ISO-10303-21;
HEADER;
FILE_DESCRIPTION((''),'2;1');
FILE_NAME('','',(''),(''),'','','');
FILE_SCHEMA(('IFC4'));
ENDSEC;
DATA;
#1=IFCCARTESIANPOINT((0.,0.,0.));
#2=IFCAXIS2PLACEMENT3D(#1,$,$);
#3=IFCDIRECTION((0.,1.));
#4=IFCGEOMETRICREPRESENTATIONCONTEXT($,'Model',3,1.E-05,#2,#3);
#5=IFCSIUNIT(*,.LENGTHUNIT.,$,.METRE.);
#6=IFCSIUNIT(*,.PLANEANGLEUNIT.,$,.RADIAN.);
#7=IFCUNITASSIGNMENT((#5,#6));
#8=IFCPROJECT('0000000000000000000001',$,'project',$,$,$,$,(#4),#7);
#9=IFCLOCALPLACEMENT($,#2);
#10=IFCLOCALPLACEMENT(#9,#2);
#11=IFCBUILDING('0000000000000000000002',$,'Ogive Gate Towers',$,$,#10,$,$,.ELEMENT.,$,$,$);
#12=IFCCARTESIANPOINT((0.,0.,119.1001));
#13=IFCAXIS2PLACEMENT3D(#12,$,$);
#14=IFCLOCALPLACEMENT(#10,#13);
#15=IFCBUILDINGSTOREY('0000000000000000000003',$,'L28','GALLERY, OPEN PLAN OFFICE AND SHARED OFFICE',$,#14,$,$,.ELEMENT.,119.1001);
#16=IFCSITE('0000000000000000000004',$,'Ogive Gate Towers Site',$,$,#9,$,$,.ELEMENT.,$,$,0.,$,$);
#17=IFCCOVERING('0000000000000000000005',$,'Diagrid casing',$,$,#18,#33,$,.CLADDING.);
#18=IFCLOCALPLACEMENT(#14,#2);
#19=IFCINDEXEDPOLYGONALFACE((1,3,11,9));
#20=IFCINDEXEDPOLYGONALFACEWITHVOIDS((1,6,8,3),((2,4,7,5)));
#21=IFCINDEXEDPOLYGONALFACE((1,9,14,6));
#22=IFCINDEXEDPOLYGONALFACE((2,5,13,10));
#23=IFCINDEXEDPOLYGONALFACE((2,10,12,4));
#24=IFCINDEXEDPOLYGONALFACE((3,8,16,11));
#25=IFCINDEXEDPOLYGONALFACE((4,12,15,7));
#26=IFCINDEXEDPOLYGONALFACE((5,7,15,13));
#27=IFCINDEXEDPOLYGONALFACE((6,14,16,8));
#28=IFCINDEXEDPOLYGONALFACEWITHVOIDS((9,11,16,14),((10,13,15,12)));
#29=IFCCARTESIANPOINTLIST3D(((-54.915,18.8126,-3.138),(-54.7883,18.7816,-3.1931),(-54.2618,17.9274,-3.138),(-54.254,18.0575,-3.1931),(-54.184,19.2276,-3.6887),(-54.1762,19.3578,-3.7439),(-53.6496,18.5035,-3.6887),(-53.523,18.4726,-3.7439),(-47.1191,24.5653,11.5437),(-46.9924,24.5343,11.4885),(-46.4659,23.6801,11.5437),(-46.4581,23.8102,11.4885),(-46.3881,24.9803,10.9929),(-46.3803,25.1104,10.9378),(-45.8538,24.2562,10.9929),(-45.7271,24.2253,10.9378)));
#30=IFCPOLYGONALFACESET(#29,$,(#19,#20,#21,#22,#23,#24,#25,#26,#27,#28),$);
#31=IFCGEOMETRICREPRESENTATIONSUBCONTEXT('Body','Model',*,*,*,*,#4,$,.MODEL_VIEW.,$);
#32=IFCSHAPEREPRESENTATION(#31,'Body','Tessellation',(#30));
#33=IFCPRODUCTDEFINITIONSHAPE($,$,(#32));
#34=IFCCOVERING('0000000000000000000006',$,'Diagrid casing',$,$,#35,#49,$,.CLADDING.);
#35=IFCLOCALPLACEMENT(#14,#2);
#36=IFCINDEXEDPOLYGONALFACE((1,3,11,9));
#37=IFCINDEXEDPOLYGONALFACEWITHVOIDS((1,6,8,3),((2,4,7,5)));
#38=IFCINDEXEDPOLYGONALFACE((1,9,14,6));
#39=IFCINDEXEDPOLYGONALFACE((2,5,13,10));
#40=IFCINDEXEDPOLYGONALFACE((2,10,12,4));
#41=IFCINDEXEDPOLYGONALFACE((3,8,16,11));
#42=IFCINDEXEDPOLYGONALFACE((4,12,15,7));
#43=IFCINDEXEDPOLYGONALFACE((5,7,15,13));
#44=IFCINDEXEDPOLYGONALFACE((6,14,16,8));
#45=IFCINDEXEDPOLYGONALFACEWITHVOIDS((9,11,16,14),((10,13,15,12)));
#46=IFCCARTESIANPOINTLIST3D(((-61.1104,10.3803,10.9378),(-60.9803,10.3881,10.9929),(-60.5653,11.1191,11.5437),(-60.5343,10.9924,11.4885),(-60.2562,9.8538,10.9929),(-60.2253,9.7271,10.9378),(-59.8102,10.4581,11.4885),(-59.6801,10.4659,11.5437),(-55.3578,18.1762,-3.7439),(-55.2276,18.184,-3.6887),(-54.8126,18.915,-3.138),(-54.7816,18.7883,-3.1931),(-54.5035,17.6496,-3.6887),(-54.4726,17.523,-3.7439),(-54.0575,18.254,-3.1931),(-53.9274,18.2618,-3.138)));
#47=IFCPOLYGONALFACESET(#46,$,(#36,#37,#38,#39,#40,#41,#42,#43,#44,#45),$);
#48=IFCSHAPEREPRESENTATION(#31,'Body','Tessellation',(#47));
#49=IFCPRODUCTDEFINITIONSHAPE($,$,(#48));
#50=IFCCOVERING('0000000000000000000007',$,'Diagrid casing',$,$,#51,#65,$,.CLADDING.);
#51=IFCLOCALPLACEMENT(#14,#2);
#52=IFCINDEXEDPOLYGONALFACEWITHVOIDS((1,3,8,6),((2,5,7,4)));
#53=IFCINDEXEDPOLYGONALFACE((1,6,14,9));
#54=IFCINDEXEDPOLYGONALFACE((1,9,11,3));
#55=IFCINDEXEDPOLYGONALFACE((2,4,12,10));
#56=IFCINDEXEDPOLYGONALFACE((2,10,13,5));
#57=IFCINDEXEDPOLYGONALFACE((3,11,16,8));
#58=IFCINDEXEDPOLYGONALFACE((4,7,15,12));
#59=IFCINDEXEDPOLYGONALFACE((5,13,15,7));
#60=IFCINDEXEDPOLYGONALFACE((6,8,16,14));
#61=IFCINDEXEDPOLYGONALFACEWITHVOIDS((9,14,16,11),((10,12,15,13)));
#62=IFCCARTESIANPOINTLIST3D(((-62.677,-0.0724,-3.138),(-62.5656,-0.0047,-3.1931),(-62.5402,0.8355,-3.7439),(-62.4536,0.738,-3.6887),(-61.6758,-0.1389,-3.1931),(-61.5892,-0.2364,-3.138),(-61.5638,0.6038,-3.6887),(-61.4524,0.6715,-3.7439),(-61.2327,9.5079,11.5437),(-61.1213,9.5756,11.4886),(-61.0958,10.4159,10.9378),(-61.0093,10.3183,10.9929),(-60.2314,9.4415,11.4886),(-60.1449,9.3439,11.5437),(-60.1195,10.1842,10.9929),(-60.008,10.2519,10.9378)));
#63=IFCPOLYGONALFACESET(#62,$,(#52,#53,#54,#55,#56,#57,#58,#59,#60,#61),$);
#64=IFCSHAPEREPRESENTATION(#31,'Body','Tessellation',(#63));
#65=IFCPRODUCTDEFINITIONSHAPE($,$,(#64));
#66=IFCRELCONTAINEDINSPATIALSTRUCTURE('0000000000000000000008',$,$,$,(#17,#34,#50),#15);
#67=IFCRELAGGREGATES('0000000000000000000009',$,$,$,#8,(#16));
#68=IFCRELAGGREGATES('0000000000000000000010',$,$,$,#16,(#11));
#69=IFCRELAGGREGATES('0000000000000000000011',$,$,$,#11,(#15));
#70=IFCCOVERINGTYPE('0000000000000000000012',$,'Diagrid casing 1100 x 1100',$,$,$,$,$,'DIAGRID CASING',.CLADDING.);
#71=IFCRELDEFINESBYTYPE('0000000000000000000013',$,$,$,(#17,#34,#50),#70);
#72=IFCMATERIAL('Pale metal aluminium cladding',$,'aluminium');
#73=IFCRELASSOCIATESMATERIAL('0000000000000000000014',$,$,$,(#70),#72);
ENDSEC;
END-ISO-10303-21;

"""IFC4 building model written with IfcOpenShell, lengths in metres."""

from ifc_helpers import new_model, si_unit, direction, frame, origin, origin_2d, place, context, subcontext, project, spatial, hollow_rectangle, extrude, material, material_profile, profile_set, type_object, element, save


model = new_model("IFC4")

# Units and contexts
model_context = context("Model", 3, precision=1e-05, world=origin(), true_north=direction((0.0, 1.0)))
body_context = subcontext(model_context, "Body", "Model", "MODEL_VIEW")
ifc_project = project(units=[si_unit("LENGTHUNIT", "METRE"), si_unit("PLANEANGLEUNIT", "RADIAN")], contexts=[model_context])

# Site, building, storey
site_placement = place(None, origin())
site = spatial("IfcSite", under=ifc_project, at=site_placement, Name="Ogive Gate Towers Site", CompositionType="ELEMENT", RefElevation=0.0)
building_placement = place(site_placement, origin())
building = spatial("IfcBuilding", under=site, at=building_placement, Name="Ogive Gate Towers", CompositionType="ELEMENT")
storey_placement = place(building_placement, frame((0.0, 0.0, 119.1001)))
storey = spatial("IfcBuildingStorey", under=building, at=storey_placement, Name="L28", Description="GALLERY, OPEN PLAN OFFICE AND SHARED OFFICE", CompositionType="ELEMENT", Elevation=119.1001)

# Coverings
ifc_material_1 = material(Name="Pale metal aluminium cladding", Category="aluminium")
ifc_material_profile_1 = material_profile(ifc_material_1, hollow_rectangle(XDim=1.1001, YDim=1.1001, WallThickness=0.1001, at=origin_2d()), Name="1100 x 1100 pale metal casing")
ifc_profile_set_1 = profile_set([ifc_material_profile_1], Name="Pale metal aluminium cladding")
covering_type_1 = type_object("IfcCoveringType", Name="Diagrid casing 1100 x 1100", ElementType="DIAGRID CASING", PredefinedType="CLADDING", material=ifc_profile_set_1)
for number, where, z_axis, x_axis, name in (
    (1, (-54.219, 18.6426, -3.4409), (0.443192, 0.327037, 0.834642), (-0.593757, 0.804645, 0.0), "Diagrid casing"),
    (2, (-54.6426, 18.219, -3.4409), (-0.327037, -0.443192, 0.834642), (0.804645, -0.593757, 0.0), "Diagrid casing"),
    (3, (-62.0647, 0.2996, -3.4409), (0.08211, 0.544636, 0.834643), (-0.988826, 0.149076, 0.0), "Diagrid casing"),
):
    element("IfcCovering", number, at=place(storey_placement, frame(where, z_axis=z_axis, x_axis=x_axis)), inside=storey, type_object=covering_type_1, Name=name, PredefinedType="CLADDING", context=body_context, shape_type="SweptSolid", body=[
        extrude(hollow_rectangle(XDim=1.1001, YDim=1.1001, WallThickness=0.1001, at=origin_2d()), origin(), (0.0, 0.0, 1.0), 17.5903),
    ])

save(model, "model.ifc")
